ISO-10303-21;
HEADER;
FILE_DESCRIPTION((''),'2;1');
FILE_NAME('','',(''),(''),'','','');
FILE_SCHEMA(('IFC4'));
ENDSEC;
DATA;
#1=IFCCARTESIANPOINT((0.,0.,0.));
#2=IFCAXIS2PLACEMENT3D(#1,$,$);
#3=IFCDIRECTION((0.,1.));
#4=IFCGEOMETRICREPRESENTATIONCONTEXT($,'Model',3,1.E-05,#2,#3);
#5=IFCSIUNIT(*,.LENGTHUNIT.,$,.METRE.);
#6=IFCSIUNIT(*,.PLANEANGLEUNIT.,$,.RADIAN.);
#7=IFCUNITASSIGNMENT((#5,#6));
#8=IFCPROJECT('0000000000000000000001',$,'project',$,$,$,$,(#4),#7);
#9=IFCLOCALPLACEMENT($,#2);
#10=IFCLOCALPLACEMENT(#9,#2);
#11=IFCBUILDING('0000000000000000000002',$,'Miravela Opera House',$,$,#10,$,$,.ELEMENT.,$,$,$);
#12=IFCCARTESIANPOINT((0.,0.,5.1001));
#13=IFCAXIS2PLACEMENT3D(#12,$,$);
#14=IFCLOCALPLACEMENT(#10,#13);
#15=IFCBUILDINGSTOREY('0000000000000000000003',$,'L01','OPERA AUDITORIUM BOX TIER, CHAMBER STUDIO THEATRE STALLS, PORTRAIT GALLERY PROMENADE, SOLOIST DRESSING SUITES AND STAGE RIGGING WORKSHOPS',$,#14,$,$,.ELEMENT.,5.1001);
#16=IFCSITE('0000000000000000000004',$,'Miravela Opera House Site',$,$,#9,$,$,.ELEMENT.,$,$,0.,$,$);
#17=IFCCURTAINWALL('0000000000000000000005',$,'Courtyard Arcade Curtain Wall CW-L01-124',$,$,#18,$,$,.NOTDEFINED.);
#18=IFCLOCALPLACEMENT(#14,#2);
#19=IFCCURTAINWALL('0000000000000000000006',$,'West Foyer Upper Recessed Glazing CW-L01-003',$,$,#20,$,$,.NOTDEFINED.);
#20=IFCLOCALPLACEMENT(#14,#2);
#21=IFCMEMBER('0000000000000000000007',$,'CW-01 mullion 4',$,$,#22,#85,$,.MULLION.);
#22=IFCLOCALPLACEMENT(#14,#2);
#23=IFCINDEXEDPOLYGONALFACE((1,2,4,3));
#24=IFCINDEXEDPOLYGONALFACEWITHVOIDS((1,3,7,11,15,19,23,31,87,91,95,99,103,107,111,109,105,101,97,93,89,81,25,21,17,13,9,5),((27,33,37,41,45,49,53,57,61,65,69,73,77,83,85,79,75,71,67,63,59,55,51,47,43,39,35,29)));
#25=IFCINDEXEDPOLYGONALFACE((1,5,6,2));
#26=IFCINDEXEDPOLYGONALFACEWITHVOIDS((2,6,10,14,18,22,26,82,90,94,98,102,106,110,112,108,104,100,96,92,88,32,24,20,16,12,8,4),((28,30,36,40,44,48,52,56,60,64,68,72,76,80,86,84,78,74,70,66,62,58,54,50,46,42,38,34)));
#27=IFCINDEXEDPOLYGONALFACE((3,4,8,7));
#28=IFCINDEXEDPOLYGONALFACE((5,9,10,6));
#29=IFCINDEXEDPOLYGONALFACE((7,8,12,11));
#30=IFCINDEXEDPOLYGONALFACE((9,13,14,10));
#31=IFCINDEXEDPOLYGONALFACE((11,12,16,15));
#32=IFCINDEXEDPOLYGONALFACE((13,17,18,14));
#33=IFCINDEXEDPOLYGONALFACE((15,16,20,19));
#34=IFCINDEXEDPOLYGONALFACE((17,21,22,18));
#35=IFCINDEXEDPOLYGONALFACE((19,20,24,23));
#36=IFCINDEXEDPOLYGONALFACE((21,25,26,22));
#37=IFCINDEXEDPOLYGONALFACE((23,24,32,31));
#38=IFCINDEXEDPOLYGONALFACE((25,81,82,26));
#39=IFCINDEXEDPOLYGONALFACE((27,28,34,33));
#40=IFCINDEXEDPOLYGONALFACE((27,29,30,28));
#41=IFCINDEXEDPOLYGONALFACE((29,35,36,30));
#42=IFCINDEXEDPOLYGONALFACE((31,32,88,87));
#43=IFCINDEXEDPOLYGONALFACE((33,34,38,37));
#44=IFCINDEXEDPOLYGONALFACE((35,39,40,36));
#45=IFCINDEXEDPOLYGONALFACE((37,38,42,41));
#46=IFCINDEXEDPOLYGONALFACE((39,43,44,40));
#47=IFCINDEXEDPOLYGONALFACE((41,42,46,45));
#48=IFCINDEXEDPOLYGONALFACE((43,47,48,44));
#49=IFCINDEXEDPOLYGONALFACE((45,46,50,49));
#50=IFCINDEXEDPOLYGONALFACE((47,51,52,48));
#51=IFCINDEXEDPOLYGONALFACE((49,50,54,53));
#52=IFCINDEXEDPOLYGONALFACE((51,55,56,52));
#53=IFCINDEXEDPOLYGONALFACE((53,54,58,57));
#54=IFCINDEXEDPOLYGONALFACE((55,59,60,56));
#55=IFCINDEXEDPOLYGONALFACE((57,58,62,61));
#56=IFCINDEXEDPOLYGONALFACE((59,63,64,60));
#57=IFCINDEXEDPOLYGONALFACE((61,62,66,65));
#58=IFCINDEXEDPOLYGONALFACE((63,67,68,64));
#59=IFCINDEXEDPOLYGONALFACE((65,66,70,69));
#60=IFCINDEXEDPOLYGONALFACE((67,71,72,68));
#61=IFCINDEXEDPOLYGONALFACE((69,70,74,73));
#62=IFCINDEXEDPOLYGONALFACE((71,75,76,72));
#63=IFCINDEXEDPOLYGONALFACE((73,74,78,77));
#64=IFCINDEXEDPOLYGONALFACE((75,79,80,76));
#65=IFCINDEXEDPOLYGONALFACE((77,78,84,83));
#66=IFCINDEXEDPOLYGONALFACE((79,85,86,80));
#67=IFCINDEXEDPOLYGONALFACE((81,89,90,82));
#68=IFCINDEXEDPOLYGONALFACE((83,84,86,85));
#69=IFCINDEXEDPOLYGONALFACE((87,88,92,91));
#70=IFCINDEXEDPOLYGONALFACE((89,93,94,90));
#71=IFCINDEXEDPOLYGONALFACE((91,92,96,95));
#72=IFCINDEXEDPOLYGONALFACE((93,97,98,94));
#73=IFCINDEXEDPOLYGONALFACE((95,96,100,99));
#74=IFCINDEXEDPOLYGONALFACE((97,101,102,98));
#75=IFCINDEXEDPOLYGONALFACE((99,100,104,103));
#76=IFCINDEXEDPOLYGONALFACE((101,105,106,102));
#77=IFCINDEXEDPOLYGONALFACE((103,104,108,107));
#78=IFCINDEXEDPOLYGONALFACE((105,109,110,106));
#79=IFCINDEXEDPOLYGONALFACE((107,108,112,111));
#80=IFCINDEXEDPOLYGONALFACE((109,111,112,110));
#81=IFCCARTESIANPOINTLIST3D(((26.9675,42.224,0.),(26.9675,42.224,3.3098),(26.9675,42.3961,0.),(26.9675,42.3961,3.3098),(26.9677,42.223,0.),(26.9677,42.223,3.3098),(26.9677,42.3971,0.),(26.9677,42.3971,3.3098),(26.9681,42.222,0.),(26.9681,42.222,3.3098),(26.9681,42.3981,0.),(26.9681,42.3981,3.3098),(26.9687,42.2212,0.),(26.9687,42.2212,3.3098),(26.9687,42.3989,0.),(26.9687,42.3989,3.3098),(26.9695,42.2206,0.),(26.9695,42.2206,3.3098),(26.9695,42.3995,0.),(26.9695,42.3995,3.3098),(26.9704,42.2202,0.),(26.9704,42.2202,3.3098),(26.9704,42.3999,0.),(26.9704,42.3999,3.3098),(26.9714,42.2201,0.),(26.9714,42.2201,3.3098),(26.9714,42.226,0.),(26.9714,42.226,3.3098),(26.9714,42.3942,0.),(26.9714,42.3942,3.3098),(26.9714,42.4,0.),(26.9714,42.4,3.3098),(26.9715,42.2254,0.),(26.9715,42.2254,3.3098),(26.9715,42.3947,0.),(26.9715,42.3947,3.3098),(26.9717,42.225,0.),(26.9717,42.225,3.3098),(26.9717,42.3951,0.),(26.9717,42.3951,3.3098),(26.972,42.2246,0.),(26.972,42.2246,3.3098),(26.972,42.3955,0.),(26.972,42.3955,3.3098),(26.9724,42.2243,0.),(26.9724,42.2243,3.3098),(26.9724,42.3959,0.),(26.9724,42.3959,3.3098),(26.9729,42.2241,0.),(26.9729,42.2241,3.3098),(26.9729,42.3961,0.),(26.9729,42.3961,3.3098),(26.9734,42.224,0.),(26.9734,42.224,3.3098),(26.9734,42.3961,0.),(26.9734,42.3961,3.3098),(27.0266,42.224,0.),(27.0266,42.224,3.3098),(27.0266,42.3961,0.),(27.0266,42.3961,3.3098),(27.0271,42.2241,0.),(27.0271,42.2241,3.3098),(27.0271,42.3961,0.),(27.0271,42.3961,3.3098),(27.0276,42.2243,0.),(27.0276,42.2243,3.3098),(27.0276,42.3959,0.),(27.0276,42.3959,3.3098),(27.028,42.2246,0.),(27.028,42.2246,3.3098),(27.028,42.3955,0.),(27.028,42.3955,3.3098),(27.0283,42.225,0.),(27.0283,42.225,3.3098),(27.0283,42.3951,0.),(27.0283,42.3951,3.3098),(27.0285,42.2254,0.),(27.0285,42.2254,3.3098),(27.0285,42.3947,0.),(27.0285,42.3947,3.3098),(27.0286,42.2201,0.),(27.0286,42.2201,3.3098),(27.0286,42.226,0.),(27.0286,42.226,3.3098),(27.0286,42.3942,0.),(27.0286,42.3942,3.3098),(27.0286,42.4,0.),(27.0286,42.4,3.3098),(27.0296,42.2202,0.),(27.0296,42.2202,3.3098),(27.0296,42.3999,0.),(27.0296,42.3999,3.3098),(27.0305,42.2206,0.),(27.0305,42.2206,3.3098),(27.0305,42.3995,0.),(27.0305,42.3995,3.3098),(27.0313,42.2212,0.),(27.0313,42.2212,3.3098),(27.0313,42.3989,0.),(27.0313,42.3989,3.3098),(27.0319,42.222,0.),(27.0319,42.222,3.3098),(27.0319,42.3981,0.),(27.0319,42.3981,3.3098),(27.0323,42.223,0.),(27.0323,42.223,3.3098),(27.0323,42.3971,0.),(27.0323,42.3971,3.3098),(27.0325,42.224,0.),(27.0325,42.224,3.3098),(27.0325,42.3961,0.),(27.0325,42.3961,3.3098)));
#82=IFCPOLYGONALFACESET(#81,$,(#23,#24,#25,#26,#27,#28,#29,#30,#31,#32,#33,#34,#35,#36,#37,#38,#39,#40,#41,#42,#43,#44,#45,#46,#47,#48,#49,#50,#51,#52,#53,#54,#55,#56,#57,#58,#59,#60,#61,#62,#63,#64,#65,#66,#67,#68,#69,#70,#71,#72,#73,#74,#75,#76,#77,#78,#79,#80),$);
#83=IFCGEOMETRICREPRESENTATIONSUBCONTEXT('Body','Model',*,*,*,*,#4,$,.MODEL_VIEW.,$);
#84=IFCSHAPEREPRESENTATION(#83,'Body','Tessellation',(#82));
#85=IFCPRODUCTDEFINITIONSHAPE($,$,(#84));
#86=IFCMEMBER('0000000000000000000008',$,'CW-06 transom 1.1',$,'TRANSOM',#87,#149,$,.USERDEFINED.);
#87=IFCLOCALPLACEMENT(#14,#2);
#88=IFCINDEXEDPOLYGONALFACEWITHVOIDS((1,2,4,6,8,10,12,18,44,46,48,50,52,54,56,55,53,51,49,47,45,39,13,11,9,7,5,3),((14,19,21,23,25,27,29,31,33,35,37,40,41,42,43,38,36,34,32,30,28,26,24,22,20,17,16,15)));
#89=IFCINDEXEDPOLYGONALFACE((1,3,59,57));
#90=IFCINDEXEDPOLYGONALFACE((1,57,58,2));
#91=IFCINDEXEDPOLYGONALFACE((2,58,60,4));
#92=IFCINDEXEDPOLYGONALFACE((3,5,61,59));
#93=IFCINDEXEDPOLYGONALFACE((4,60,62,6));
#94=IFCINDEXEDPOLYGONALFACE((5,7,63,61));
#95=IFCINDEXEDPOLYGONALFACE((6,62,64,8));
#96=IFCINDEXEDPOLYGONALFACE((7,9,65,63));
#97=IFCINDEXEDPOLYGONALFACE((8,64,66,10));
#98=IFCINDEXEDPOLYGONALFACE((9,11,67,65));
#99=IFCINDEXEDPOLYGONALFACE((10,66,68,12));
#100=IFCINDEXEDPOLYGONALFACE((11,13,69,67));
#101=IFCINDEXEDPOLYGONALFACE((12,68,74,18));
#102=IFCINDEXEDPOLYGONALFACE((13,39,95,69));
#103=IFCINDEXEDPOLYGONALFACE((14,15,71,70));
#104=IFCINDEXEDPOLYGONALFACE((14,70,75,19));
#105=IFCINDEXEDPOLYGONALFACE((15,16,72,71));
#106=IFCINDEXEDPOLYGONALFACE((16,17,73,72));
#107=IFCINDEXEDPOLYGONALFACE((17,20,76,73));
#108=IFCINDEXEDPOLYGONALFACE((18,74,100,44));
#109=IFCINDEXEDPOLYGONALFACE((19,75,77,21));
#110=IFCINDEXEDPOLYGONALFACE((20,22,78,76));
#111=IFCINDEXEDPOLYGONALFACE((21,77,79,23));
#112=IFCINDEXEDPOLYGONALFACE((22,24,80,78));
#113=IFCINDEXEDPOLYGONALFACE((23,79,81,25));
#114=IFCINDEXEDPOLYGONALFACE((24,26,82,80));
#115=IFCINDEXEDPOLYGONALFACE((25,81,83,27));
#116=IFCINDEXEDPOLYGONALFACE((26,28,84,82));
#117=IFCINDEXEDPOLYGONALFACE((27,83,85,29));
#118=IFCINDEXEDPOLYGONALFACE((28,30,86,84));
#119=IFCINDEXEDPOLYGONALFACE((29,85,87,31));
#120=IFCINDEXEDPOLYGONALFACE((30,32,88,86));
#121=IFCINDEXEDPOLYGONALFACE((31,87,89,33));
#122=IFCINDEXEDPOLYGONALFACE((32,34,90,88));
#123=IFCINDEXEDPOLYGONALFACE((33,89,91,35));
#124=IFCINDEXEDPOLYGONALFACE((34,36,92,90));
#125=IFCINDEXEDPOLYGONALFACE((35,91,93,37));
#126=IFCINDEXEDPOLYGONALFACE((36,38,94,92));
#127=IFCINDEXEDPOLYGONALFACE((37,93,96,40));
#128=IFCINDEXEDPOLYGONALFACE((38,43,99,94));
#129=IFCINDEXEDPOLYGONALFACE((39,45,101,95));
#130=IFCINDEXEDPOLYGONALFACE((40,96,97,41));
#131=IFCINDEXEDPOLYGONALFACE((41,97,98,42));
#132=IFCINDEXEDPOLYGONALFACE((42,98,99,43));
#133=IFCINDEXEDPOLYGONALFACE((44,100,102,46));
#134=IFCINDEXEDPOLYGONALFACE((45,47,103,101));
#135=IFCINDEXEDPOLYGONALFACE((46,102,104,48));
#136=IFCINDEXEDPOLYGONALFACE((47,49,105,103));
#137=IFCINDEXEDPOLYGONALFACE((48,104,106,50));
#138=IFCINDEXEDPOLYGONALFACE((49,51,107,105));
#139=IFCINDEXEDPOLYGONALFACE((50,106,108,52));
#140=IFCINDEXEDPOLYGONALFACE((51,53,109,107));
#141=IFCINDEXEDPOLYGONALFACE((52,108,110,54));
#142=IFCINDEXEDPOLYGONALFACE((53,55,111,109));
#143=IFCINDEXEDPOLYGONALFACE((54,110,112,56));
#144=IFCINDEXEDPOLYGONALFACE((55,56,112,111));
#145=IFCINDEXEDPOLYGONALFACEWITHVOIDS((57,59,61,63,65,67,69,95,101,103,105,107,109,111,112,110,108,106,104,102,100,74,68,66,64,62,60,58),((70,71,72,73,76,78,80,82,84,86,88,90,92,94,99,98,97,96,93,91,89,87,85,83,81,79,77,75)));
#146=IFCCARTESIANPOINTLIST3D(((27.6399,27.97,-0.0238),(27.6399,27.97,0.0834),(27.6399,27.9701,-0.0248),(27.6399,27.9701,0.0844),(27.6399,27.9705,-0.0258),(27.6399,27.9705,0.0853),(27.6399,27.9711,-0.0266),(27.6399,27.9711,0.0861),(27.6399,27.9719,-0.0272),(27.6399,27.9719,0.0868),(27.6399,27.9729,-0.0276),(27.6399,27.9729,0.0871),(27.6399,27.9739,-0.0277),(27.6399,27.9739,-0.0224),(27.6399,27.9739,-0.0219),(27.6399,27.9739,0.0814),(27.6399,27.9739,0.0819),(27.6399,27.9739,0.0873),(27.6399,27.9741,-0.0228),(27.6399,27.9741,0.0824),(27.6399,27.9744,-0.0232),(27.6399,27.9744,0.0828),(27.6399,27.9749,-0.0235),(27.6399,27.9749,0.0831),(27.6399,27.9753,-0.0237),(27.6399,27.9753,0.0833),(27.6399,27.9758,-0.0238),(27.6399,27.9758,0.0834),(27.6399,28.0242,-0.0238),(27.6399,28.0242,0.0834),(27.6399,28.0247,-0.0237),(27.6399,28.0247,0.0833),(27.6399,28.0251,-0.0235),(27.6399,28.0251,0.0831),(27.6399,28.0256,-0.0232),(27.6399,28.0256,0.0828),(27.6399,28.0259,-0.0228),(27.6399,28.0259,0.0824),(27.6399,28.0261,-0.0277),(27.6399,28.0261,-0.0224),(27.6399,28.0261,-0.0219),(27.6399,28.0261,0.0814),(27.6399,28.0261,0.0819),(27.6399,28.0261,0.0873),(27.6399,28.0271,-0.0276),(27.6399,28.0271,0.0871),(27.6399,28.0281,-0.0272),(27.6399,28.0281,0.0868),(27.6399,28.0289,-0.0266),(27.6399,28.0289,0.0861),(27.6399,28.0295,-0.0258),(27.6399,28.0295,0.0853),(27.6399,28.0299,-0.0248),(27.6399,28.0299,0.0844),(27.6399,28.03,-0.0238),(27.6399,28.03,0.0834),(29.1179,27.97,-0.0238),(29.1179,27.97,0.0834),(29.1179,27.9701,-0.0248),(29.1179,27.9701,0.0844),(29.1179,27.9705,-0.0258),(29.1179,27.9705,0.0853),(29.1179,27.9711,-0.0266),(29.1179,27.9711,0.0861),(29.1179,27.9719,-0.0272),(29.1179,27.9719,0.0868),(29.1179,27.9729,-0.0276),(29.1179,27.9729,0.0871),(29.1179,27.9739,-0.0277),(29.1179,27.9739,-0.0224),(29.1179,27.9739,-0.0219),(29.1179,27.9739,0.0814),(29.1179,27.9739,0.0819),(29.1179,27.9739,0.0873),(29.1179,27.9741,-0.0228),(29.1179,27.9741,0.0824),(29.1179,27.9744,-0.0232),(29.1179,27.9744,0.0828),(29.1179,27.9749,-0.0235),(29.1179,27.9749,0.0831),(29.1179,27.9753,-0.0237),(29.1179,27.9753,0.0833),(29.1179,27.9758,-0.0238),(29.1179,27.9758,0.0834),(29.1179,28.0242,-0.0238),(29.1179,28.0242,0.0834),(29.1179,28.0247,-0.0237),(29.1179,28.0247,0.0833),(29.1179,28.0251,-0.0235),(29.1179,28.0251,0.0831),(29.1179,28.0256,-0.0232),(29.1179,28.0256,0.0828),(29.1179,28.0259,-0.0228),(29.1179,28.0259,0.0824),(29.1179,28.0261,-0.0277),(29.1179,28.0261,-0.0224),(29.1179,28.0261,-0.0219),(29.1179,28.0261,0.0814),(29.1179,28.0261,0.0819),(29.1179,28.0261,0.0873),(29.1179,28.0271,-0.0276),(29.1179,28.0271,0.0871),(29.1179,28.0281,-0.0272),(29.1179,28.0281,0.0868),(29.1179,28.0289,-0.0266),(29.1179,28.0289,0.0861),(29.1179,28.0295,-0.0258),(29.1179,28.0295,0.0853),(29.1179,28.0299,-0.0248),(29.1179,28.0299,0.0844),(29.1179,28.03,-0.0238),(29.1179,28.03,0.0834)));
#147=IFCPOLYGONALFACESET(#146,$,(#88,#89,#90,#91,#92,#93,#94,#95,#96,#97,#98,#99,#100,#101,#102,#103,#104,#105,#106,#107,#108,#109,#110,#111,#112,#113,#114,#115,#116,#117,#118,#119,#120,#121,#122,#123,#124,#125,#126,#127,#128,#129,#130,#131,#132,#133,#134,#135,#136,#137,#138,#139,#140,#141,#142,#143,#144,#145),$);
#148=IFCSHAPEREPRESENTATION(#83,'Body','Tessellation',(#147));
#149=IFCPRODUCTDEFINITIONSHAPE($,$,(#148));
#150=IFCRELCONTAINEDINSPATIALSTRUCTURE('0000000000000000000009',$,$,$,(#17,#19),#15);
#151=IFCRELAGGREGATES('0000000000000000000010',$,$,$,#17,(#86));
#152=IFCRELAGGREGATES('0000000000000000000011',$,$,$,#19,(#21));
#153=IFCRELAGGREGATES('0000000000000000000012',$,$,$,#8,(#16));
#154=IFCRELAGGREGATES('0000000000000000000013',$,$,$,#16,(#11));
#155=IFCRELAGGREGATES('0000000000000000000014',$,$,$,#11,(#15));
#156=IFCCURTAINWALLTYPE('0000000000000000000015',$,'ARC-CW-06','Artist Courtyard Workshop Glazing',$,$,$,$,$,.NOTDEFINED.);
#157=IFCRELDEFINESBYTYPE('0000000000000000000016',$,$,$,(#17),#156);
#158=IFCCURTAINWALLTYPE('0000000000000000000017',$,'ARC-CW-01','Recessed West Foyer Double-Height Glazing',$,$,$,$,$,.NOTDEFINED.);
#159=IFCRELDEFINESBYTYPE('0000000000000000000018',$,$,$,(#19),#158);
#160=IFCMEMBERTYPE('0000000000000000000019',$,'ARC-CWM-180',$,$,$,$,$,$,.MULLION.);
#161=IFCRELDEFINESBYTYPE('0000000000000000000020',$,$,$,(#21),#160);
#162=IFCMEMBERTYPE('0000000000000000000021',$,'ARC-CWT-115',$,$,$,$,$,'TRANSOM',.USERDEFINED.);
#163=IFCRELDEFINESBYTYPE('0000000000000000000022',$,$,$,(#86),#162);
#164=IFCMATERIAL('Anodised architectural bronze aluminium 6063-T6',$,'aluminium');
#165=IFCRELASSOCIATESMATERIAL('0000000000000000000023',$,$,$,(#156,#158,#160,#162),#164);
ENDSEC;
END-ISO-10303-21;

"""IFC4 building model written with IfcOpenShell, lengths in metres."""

from ifc_helpers import new_model, si_unit, direction, frame, origin, origin_2d, place, context, subcontext, project, spatial, hollow_rectangle, extrude, material, material_profile, profile_set, type_object, element, aggregate, save


model = new_model("IFC4")

# Units and contexts
model_context = context("Model", 3, precision=1e-05, world=origin(), true_north=direction((0.0, 1.0)))
body_context = subcontext(model_context, "Body", "Model", "MODEL_VIEW")
ifc_project = project(units=[si_unit("LENGTHUNIT", "METRE"), si_unit("PLANEANGLEUNIT", "RADIAN")], contexts=[model_context])

# Site, building, storey
site_placement = place(None, origin())
site = spatial("IfcSite", under=ifc_project, at=site_placement, Name="Miravela Opera House Site", CompositionType="ELEMENT", RefElevation=0.0)
building_placement = place(site_placement, origin())
building = spatial("IfcBuilding", under=site, at=building_placement, Name="Miravela Opera House", CompositionType="ELEMENT")
storey_placement = place(building_placement, frame((0.0, 0.0, 5.1001)))
storey = spatial("IfcBuildingStorey", under=building, at=storey_placement, Name="L01", Description="OPERA AUDITORIUM BOX TIER, CHAMBER STUDIO THEATRE STALLS, PORTRAIT GALLERY PROMENADE, SOLOIST DRESSING SUITES AND STAGE RIGGING WORKSHOPS", CompositionType="ELEMENT", Elevation=5.1001)

# Curtain wall
ifc_material_1 = material(Name="Anodised architectural bronze aluminium 6063-T6", Category="aluminium")
curtain_wall_type_1 = type_object("IfcCurtainWallType", Name="ARC-CW-06", Description="Artist Courtyard Workshop Glazing", PredefinedType="NOTDEFINED", material=ifc_material_1)
curtain_wall_1_placement = place(storey_placement, origin())
curtain_wall_1 = element("IfcCurtainWall", 1, at=curtain_wall_1_placement, inside=storey, type_object=curtain_wall_type_1, Name="Courtyard Arcade Curtain Wall CW-L01-124", PredefinedType="NOTDEFINED")

# Curtain wall, member
curtain_wall_type_2 = type_object("IfcCurtainWallType", Name="ARC-CW-01", Description="Recessed West Foyer Double-Height Glazing", PredefinedType="NOTDEFINED", material=ifc_material_1)
curtain_wall_2_placement = place(storey_placement, origin())
curtain_wall_2 = element("IfcCurtainWall", 2, at=curtain_wall_2_placement, inside=storey, type_object=curtain_wall_type_2, Name="West Foyer Upper Recessed Glazing CW-L01-003", PredefinedType="NOTDEFINED")
ifc_material_profile_1 = material_profile(ifc_material_1, hollow_rectangle(XDim=0.0649, YDim=0.1799, WallThickness=0.0039, InnerFilletRadius=0.002, OuterFilletRadius=0.0039, at=origin_2d()), Name="CWM-65X180")
ifc_profile_set_1 = profile_set([ifc_material_profile_1])
member_type_1 = type_object("IfcMemberType", Name="ARC-CWM-180", PredefinedType="MULLION", material=ifc_profile_set_1)
member_1_placement = place(storey_placement, frame((27.0, 42.3101, 0.0), z_axis=(0.0, 0.0, 1.0), x_axis=(-1.0, 0.0, 0.0)))
member_1 = element("IfcMember", 3, at=member_1_placement, type_object=member_type_1, Name="CW-01 mullion 4", PredefinedType="MULLION", context=body_context, shape_type="SweptSolid", body=[
    extrude(hollow_rectangle(XDim=0.0649, YDim=0.1799, WallThickness=0.0039, InnerFilletRadius=0.002, OuterFilletRadius=0.0039, at=origin_2d()), origin(), (0.0, 0.0, 1.0), 3.3098),
])

# Member
ifc_material_profile_2 = material_profile(ifc_material_1, hollow_rectangle(XDim=0.0601, YDim=0.115, WallThickness=0.0039, InnerFilletRadius=0.002, OuterFilletRadius=0.0039, at=origin_2d()), Name="CWT-60X115")
ifc_profile_set_2 = profile_set([ifc_material_profile_2])
member_type_2 = type_object("IfcMemberType", Name="ARC-CWT-115", ElementType="TRANSOM", PredefinedType="USERDEFINED", material=ifc_profile_set_2)
member_2_placement = place(storey_placement, frame((27.6399, 28.0, 0.0298), z_axis=(1.0, 0.0, 0.0), x_axis=(0.0, 1.0, 0.0)))
member_2 = element("IfcMember", 4, at=member_2_placement, type_object=member_type_2, Name="CW-06 transom 1.1", ObjectType="TRANSOM", PredefinedType="USERDEFINED", context=body_context, shape_type="SweptSolid", body=[
    extrude(hollow_rectangle(XDim=0.0601, YDim=0.115, WallThickness=0.0039, InnerFilletRadius=0.002, OuterFilletRadius=0.0039, at=origin_2d()), origin(), (0.0, 0.0, 1.0), 1.478),
])
aggregate(curtain_wall_1, [member_2])

aggregate(curtain_wall_2, [member_1])

save(model, "model.ifc")
